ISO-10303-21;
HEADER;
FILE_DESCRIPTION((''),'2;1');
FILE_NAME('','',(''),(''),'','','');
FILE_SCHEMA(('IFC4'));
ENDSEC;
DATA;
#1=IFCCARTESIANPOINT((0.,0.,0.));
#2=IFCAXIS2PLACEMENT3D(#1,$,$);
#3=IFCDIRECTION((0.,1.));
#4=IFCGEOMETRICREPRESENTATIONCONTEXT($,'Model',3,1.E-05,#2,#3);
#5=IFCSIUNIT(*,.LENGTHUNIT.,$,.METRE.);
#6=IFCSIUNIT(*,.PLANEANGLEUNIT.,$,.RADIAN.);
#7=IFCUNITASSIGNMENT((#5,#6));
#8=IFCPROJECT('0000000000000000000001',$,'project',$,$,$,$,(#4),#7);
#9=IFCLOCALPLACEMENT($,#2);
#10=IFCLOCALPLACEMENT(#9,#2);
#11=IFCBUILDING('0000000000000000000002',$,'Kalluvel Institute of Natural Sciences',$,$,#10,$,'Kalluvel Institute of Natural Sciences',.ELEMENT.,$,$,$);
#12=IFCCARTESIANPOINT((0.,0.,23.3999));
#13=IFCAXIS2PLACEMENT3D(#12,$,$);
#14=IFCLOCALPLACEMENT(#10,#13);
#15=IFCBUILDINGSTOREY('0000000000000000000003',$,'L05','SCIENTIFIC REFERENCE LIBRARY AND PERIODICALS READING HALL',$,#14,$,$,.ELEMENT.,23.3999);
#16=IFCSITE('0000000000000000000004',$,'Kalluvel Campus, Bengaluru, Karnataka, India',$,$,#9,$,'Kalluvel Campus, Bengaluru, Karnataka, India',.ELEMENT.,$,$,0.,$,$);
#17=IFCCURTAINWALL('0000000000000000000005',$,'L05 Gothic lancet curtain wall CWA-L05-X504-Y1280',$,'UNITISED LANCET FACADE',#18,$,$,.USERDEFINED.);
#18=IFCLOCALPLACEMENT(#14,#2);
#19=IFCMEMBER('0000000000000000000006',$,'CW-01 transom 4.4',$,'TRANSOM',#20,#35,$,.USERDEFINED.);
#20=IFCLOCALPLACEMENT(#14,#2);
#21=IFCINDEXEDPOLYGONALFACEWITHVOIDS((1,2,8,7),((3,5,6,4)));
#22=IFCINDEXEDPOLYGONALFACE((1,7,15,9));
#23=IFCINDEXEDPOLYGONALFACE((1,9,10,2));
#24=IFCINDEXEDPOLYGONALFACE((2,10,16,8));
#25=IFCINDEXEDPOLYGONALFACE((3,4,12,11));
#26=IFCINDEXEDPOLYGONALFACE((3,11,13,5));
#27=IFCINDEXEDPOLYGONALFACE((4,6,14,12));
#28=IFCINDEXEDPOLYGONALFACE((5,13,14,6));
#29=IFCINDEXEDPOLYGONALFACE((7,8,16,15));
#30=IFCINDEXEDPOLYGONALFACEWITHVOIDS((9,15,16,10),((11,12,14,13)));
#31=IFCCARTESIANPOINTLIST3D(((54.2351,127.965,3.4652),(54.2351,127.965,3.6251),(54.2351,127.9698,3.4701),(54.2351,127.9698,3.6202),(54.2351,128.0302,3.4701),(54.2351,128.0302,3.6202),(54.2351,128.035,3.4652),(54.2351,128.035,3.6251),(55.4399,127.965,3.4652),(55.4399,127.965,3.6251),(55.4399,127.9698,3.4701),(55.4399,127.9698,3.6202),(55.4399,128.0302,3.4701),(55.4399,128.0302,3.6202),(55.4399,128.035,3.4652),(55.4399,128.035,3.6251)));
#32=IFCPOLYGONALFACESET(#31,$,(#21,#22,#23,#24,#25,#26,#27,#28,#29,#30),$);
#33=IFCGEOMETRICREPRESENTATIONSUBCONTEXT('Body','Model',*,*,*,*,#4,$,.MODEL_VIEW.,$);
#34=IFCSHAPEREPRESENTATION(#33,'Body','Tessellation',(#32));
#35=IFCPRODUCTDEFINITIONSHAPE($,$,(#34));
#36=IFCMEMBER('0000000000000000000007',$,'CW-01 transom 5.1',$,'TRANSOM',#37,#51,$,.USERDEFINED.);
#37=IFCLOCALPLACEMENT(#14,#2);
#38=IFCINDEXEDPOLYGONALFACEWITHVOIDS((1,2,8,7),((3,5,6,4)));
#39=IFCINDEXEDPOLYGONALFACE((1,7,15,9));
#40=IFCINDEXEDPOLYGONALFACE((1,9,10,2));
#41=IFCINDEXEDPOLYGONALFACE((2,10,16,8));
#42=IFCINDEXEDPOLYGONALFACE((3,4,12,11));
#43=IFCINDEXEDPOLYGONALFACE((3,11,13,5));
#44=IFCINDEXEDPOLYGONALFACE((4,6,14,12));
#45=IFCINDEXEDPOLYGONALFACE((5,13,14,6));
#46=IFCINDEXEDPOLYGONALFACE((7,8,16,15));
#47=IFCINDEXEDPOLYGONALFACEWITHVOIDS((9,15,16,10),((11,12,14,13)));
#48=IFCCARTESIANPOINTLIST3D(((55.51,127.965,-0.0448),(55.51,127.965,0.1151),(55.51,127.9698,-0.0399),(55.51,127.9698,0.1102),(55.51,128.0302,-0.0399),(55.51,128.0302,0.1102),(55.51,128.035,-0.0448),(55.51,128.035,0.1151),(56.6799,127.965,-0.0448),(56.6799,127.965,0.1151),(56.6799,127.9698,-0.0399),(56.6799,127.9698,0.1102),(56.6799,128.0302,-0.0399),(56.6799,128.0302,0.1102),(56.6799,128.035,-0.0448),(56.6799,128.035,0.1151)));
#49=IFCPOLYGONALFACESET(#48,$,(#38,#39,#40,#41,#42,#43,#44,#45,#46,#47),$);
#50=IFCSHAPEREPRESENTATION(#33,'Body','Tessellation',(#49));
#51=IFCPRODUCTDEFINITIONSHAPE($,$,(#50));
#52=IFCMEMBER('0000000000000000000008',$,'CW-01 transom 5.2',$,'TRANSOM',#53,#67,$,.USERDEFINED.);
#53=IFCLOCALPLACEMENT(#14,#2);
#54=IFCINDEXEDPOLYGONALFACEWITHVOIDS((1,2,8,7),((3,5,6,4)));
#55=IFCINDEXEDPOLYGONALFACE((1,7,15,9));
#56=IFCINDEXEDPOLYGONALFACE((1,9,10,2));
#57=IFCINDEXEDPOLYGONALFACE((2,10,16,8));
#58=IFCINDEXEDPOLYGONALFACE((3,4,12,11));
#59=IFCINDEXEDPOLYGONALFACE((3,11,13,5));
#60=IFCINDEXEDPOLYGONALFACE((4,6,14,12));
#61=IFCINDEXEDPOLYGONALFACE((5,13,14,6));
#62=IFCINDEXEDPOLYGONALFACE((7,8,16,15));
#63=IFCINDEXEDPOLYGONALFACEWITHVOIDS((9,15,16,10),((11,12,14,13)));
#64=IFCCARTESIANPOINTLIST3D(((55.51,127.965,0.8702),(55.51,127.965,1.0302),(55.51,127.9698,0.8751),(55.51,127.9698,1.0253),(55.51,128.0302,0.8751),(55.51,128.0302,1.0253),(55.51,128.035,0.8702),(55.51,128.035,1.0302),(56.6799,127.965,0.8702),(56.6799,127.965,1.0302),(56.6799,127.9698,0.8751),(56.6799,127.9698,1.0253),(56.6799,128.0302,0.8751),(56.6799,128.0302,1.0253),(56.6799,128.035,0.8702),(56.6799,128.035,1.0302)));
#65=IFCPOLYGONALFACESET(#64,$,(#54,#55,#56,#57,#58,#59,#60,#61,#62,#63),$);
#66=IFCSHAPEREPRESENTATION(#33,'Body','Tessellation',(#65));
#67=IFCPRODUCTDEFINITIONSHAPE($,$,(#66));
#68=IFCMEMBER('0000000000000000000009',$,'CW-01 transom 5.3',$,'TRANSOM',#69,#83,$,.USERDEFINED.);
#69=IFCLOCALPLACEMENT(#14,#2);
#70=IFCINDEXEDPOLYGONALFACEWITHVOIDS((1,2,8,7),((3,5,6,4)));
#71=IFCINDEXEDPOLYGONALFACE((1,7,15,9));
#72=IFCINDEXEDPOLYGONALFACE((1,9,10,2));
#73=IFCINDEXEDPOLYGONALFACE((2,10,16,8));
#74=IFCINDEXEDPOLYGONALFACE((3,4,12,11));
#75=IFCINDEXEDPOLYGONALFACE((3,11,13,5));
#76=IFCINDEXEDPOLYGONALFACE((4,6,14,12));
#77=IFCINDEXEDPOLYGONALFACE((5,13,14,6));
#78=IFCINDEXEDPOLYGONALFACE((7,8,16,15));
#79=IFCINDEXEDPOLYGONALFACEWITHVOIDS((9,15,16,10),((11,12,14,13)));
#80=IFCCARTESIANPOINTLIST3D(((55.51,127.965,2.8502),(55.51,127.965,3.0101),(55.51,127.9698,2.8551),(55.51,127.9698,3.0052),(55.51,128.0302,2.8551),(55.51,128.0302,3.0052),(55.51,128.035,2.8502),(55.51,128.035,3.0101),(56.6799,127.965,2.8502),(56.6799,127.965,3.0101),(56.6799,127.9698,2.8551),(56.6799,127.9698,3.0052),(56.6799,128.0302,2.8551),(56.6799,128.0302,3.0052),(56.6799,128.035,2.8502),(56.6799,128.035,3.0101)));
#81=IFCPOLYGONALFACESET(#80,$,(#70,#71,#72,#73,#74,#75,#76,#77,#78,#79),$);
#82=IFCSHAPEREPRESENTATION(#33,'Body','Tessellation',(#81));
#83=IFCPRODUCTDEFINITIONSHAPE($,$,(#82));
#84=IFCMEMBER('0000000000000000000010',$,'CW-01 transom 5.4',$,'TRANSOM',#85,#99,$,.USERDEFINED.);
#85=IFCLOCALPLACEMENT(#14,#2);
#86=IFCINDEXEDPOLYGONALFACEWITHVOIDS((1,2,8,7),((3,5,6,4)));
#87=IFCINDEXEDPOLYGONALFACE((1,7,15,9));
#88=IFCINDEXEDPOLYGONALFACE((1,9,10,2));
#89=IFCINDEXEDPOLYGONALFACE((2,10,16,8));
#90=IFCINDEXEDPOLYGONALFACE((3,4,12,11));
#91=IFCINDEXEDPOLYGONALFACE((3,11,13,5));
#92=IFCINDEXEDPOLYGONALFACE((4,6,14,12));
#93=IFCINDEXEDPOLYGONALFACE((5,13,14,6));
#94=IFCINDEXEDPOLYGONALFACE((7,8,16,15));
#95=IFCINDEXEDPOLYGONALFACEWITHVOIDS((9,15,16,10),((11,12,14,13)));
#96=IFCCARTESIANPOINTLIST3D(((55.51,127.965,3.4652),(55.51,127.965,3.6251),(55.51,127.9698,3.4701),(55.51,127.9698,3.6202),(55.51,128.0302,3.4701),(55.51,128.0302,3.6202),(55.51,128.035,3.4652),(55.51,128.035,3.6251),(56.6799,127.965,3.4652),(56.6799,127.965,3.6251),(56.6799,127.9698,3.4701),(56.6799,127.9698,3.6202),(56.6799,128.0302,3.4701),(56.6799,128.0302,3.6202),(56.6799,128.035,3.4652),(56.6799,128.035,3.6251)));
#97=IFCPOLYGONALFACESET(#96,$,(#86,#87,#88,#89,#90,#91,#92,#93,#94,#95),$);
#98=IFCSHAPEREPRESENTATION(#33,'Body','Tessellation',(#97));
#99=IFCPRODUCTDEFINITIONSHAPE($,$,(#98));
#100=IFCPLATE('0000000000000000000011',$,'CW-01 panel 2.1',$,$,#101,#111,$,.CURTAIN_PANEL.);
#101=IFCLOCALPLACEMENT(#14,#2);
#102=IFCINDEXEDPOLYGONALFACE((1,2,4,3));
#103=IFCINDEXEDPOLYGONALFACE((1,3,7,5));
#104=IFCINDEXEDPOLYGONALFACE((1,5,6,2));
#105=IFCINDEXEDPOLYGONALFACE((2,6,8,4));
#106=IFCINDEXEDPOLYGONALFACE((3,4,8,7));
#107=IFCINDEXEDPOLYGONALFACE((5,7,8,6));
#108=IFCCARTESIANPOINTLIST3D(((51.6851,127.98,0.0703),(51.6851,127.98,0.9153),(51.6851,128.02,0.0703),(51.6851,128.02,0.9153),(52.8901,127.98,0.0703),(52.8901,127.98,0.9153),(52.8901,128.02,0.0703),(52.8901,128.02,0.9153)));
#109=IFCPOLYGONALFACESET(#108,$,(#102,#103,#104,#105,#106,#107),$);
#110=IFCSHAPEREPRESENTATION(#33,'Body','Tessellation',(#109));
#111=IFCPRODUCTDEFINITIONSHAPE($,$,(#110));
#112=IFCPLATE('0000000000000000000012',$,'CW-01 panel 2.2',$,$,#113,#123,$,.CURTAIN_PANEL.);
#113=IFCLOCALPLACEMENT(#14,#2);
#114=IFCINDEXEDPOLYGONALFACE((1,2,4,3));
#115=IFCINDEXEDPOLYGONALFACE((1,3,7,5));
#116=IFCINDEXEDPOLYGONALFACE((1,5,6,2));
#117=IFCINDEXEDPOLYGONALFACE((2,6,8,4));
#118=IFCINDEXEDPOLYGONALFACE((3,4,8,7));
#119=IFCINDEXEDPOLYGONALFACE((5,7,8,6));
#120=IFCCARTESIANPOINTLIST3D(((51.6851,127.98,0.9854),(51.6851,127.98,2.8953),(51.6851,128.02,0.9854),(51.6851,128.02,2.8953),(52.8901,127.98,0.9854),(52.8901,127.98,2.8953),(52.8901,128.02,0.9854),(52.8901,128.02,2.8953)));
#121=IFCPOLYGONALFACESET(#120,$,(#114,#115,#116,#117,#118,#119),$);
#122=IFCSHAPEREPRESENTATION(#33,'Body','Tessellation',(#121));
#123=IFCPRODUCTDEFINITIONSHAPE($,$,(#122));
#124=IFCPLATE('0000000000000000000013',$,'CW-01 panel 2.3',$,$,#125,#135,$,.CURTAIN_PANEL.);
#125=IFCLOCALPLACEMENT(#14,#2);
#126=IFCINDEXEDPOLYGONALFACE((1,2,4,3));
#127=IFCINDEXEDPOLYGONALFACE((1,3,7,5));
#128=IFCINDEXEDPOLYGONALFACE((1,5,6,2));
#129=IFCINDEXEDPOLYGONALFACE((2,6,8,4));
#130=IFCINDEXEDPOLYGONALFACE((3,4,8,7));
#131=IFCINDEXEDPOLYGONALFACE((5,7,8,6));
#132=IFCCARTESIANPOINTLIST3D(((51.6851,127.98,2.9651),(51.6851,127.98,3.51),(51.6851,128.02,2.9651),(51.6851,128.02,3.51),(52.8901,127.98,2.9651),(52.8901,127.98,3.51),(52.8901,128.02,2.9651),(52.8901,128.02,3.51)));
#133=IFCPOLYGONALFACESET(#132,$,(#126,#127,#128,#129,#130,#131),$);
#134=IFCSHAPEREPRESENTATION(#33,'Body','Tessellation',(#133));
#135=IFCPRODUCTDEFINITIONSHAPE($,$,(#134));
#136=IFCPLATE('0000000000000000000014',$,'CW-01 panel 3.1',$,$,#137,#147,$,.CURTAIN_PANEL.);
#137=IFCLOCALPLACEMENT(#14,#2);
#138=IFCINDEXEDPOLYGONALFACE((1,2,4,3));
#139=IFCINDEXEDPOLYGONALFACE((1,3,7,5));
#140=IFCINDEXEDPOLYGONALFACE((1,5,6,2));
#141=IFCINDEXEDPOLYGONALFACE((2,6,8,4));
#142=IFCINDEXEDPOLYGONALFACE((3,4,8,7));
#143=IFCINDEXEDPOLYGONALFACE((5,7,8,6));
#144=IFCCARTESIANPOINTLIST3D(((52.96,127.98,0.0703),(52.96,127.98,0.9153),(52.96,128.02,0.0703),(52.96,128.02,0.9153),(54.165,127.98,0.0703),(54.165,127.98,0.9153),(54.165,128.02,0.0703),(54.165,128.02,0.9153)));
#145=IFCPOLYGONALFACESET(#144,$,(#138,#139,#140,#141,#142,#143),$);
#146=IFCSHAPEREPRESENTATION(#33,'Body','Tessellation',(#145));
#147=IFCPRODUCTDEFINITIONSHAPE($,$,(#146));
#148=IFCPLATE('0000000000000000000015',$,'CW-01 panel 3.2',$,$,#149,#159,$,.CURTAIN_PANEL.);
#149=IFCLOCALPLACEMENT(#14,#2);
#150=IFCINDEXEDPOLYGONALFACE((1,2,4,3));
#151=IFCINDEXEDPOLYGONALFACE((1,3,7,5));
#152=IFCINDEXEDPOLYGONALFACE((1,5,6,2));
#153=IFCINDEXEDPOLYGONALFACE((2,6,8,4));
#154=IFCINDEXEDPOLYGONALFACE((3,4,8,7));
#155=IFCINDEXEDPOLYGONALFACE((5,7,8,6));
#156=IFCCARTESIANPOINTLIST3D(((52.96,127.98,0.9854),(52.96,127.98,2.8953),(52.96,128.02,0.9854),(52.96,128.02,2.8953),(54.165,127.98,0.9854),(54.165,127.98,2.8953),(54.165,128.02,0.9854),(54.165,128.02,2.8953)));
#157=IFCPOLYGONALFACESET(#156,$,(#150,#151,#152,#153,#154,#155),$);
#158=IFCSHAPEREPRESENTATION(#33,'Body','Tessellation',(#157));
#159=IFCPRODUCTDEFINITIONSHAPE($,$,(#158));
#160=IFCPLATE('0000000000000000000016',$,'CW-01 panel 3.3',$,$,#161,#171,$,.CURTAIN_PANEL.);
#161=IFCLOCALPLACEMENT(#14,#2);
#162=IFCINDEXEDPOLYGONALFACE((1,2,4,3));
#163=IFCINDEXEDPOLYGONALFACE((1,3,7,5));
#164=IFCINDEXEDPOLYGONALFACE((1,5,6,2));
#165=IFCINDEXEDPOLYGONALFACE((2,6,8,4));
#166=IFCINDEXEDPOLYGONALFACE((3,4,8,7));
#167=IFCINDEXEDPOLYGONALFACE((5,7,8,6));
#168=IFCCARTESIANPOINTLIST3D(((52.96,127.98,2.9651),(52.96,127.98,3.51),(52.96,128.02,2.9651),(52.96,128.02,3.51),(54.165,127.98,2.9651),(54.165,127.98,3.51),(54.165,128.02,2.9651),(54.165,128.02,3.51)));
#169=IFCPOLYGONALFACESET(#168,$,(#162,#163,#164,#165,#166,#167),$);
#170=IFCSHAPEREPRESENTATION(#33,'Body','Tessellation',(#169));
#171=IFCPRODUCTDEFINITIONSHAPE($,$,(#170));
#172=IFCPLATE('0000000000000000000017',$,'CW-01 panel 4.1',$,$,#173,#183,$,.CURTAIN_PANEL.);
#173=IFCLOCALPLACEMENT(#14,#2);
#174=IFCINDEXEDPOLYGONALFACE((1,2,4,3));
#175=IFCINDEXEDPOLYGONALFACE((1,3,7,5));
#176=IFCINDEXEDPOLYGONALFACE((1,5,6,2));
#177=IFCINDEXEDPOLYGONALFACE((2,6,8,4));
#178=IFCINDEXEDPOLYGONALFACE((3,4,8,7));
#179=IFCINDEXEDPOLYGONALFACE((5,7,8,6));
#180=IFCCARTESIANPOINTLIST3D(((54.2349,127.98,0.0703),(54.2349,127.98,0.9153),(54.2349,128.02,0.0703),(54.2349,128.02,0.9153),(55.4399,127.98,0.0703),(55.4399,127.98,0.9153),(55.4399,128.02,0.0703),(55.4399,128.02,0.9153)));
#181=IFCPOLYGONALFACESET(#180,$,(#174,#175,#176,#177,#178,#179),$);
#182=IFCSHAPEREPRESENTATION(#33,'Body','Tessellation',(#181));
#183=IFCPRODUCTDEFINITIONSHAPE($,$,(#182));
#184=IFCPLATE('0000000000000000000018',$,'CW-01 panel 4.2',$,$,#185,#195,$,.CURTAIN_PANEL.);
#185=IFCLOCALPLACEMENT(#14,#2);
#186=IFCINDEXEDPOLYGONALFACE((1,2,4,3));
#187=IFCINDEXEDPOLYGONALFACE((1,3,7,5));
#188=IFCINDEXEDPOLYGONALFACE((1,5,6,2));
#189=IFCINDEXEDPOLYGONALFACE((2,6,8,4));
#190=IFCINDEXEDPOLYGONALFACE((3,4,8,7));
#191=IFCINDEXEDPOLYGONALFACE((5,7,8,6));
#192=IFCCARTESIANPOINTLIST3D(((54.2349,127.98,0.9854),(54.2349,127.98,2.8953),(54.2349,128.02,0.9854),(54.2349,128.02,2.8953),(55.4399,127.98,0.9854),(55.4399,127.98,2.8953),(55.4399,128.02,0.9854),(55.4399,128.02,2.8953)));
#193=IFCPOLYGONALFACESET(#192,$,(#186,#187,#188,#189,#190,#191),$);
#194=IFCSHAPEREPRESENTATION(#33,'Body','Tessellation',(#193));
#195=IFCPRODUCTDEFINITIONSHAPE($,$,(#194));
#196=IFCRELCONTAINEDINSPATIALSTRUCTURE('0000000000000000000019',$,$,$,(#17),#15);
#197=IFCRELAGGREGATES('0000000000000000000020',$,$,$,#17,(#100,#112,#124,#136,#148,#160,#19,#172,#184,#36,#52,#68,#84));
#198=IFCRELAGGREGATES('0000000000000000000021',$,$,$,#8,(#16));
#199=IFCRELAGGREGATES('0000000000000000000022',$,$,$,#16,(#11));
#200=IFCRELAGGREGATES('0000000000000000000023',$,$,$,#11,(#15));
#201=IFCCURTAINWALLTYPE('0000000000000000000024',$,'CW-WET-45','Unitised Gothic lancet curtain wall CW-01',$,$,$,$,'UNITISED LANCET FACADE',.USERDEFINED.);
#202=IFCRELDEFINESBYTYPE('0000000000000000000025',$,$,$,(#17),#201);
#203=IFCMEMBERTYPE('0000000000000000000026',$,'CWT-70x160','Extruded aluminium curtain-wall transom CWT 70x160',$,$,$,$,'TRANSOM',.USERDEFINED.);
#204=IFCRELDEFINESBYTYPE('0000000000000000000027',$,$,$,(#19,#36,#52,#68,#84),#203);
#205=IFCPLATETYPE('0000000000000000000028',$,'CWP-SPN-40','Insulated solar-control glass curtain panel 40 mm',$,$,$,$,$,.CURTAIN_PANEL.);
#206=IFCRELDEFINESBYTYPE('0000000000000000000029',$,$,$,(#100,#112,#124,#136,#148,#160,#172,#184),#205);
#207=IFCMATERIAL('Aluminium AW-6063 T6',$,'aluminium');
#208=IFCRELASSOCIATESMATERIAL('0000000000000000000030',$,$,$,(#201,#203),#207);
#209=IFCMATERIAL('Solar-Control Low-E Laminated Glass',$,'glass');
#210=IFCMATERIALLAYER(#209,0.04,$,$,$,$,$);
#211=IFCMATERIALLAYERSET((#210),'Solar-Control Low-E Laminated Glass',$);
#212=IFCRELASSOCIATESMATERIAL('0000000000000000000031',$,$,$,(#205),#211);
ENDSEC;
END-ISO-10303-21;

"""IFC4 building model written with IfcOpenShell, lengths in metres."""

from ifc_helpers import new_model, si_unit, direction, frame, origin, origin_2d, place, context, subcontext, project, spatial, rectangle, hollow_rectangle, extrude, material, layer, layer_set, material_profile, profile_set, type_object, element, aggregate, save


model = new_model("IFC4")

# Units and contexts
model_context = context("Model", 3, precision=1e-05, world=origin(), true_north=direction((0.0, 1.0)))
body_context = subcontext(model_context, "Body", "Model", "MODEL_VIEW")
ifc_project = project(units=[si_unit("LENGTHUNIT", "METRE"), si_unit("PLANEANGLEUNIT", "RADIAN")], contexts=[model_context])

# Site, building, storey
site_placement = place(None, origin())
site = spatial("IfcSite", under=ifc_project, at=site_placement, Name="Kalluvel Campus, Bengaluru, Karnataka, India", LongName="Kalluvel Campus, Bengaluru, Karnataka, India", CompositionType="ELEMENT", RefElevation=0.0)
building_placement = place(site_placement, origin())
building = spatial("IfcBuilding", under=site, at=building_placement, Name="Kalluvel Institute of Natural Sciences", LongName="Kalluvel Institute of Natural Sciences", CompositionType="ELEMENT")
storey_placement = place(building_placement, frame((0.0, 0.0, 23.3999)))
storey = spatial("IfcBuildingStorey", under=building, at=storey_placement, Name="L05", Description="SCIENTIFIC REFERENCE LIBRARY AND PERIODICALS READING HALL", CompositionType="ELEMENT", Elevation=23.3999)

# Curtain wall, members, plates
ifc_material_1 = material(Name="Aluminium AW-6063 T6", Category="aluminium")
curtain_wall_type = type_object("IfcCurtainWallType", Name="CW-WET-45", Description="Unitised Gothic lancet curtain wall CW-01", ElementType="UNITISED LANCET FACADE", PredefinedType="USERDEFINED", material=ifc_material_1)
curtain_wall_placement = place(storey_placement, origin())
curtain_wall = element("IfcCurtainWall", 1, at=curtain_wall_placement, inside=storey, type_object=curtain_wall_type, Name="L05 Gothic lancet curtain wall CWA-L05-X504-Y1280", ObjectType="UNITISED LANCET FACADE", PredefinedType="USERDEFINED")
ifc_material_profile_1 = material_profile(ifc_material_1, hollow_rectangle(XDim=0.0701, YDim=0.1599, WallThickness=0.0049, at=origin_2d()), Name="CWT 70x160")
ifc_profile_set_1 = profile_set([ifc_material_profile_1], Name="Aluminium AW-6063 T6")
member_type_1 = type_object("IfcMemberType", Name="CWT-70x160", Description="Extruded aluminium curtain-wall transom CWT 70x160", ElementType="TRANSOM", PredefinedType="USERDEFINED", material=ifc_profile_set_1)
member_1_placement = place(storey_placement, frame((54.2351, 128.0, 3.5452), z_axis=(1.0, 0.0, 0.0), x_axis=(0.0, 1.0, 0.0)))
member_1 = element("IfcMember", 2, at=member_1_placement, type_object=member_type_1, Name="CW-01 transom 4.4", ObjectType="TRANSOM", PredefinedType="USERDEFINED", context=body_context, shape_type="SweptSolid", body=[
    extrude(hollow_rectangle(XDim=0.0701, YDim=0.1599, WallThickness=0.0049, at=origin_2d()), origin(), (0.0, 0.0, 1.0), 1.2048),
])
member_2_placement = place(storey_placement, frame((55.51, 128.0, 0.0352), z_axis=(1.0, 0.0, 0.0), x_axis=(0.0, 1.0, 0.0)))
member_2 = element("IfcMember", 3, at=member_2_placement, type_object=member_type_1, Name="CW-01 transom 5.1", ObjectType="TRANSOM", PredefinedType="USERDEFINED", context=body_context, shape_type="SweptSolid", body=[
    extrude(hollow_rectangle(XDim=0.0701, YDim=0.1599, WallThickness=0.0049, at=origin_2d()), origin(), (0.0, 0.0, 1.0), 1.1699),
])
member_3_placement = place(storey_placement, frame((55.51, 128.0, 0.9502), z_axis=(1.0, 0.0, 0.0), x_axis=(0.0, 1.0, 0.0)))
member_3 = element("IfcMember", 4, at=member_3_placement, type_object=member_type_1, Name="CW-01 transom 5.2", ObjectType="TRANSOM", PredefinedType="USERDEFINED", context=body_context, shape_type="SweptSolid", body=[
    extrude(hollow_rectangle(XDim=0.0701, YDim=0.1599, WallThickness=0.0049, at=origin_2d()), origin(), (0.0, 0.0, 1.0), 1.1699),
])
member_4_placement = place(storey_placement, frame((55.51, 128.0, 2.9302), z_axis=(1.0, 0.0, 0.0), x_axis=(0.0, 1.0, 0.0)))
member_4 = element("IfcMember", 5, at=member_4_placement, type_object=member_type_1, Name="CW-01 transom 5.3", ObjectType="TRANSOM", PredefinedType="USERDEFINED", context=body_context, shape_type="SweptSolid", body=[
    extrude(hollow_rectangle(XDim=0.0701, YDim=0.1599, WallThickness=0.0049, at=origin_2d()), origin(), (0.0, 0.0, 1.0), 1.1699),
])
member_5_placement = place(storey_placement, frame((55.51, 128.0, 3.5452), z_axis=(1.0, 0.0, 0.0), x_axis=(0.0, 1.0, 0.0)))
member_5 = element("IfcMember", 6, at=member_5_placement, type_object=member_type_1, Name="CW-01 transom 5.4", ObjectType="TRANSOM", PredefinedType="USERDEFINED", context=body_context, shape_type="SweptSolid", body=[
    extrude(hollow_rectangle(XDim=0.0701, YDim=0.1599, WallThickness=0.0049, at=origin_2d()), origin(), (0.0, 0.0, 1.0), 1.1699),
])
ifc_material_2 = material(Name="Solar-Control Low-E Laminated Glass", Category="glass")
ifc_layer = layer(ifc_material_2, 0.04)
ifc_layer_set = layer_set([ifc_layer], Name="Solar-Control Low-E Laminated Glass")
plate_type = type_object("IfcPlateType", Name="CWP-SPN-40", Description="Insulated solar-control glass curtain panel 40 mm", PredefinedType="CURTAIN_PANEL", material=ifc_layer_set)
plate_1_placement = place(storey_placement, frame((52.2876, 128.0, 0.0703), z_axis=(0.0, 0.0, 1.0), x_axis=(1.0, 0.0, 0.0)))
plate_1 = element("IfcPlate", 7, at=plate_1_placement, type_object=plate_type, Name="CW-01 panel 2.1", PredefinedType="CURTAIN_PANEL", context=body_context, shape_type="SweptSolid", body=[
    extrude(rectangle(XDim=1.2051, YDim=0.04, at=origin_2d()), origin(), (0.0, 0.0, 1.0), 0.845),
])
plate_2_placement = place(storey_placement, frame((52.2876, 128.0, 0.9854), z_axis=(0.0, 0.0, 1.0), x_axis=(1.0, 0.0, 0.0)))
plate_2 = element("IfcPlate", 8, at=plate_2_placement, type_object=plate_type, Name="CW-01 panel 2.2", PredefinedType="CURTAIN_PANEL", context=body_context, shape_type="SweptSolid", body=[
    extrude(rectangle(XDim=1.2051, YDim=0.04, at=origin_2d()), origin(), (0.0, 0.0, 1.0), 1.9099),
])
plate_3_placement = place(storey_placement, frame((52.2876, 128.0, 2.9651), z_axis=(0.0, 0.0, 1.0), x_axis=(1.0, 0.0, 0.0)))
plate_3 = element("IfcPlate", 9, at=plate_3_placement, type_object=plate_type, Name="CW-01 panel 2.3", PredefinedType="CURTAIN_PANEL", context=body_context, shape_type="SweptSolid", body=[
    extrude(rectangle(XDim=1.2051, YDim=0.04, at=origin_2d()), origin(), (0.0, 0.0, 1.0), 0.5449),
])
plate_4_placement = place(storey_placement, frame((53.5625, 128.0, 0.0703), z_axis=(0.0, 0.0, 1.0), x_axis=(1.0, 0.0, 0.0)))
plate_4 = element("IfcPlate", 10, at=plate_4_placement, type_object=plate_type, Name="CW-01 panel 3.1", PredefinedType="CURTAIN_PANEL", context=body_context, shape_type="SweptSolid", body=[
    extrude(rectangle(XDim=1.2051, YDim=0.04, at=origin_2d()), origin(), (0.0, 0.0, 1.0), 0.845),
])
plate_5_placement = place(storey_placement, frame((53.5625, 128.0, 0.9854), z_axis=(0.0, 0.0, 1.0), x_axis=(1.0, 0.0, 0.0)))
plate_5 = element("IfcPlate", 11, at=plate_5_placement, type_object=plate_type, Name="CW-01 panel 3.2", PredefinedType="CURTAIN_PANEL", context=body_context, shape_type="SweptSolid", body=[
    extrude(rectangle(XDim=1.2051, YDim=0.04, at=origin_2d()), origin(), (0.0, 0.0, 1.0), 1.9099),
])
plate_6_placement = place(storey_placement, frame((53.5625, 128.0, 2.9651), z_axis=(0.0, 0.0, 1.0), x_axis=(1.0, 0.0, 0.0)))
plate_6 = element("IfcPlate", 12, at=plate_6_placement, type_object=plate_type, Name="CW-01 panel 3.3", PredefinedType="CURTAIN_PANEL", context=body_context, shape_type="SweptSolid", body=[
    extrude(rectangle(XDim=1.2051, YDim=0.04, at=origin_2d()), origin(), (0.0, 0.0, 1.0), 0.5449),
])
plate_7_placement = place(storey_placement, frame((54.8374, 128.0, 0.0703), z_axis=(0.0, 0.0, 1.0), x_axis=(1.0, 0.0, 0.0)))
plate_7 = element("IfcPlate", 13, at=plate_7_placement, type_object=plate_type, Name="CW-01 panel 4.1", PredefinedType="CURTAIN_PANEL", context=body_context, shape_type="SweptSolid", body=[
    extrude(rectangle(XDim=1.2051, YDim=0.04, at=origin_2d()), origin(), (0.0, 0.0, 1.0), 0.845),
])
plate_8_placement = place(storey_placement, frame((54.8374, 128.0, 0.9854), z_axis=(0.0, 0.0, 1.0), x_axis=(1.0, 0.0, 0.0)))
plate_8 = element("IfcPlate", 14, at=plate_8_placement, type_object=plate_type, Name="CW-01 panel 4.2", PredefinedType="CURTAIN_PANEL", context=body_context, shape_type="SweptSolid", body=[
    extrude(rectangle(XDim=1.2051, YDim=0.04, at=origin_2d()), origin(), (0.0, 0.0, 1.0), 1.9099),
])
aggregate(curtain_wall, [plate_1, plate_2, plate_3, plate_4, plate_5, plate_6, member_1, plate_7, plate_8, member_2, member_3, member_4, member_5])

save(model, "model.ifc")
